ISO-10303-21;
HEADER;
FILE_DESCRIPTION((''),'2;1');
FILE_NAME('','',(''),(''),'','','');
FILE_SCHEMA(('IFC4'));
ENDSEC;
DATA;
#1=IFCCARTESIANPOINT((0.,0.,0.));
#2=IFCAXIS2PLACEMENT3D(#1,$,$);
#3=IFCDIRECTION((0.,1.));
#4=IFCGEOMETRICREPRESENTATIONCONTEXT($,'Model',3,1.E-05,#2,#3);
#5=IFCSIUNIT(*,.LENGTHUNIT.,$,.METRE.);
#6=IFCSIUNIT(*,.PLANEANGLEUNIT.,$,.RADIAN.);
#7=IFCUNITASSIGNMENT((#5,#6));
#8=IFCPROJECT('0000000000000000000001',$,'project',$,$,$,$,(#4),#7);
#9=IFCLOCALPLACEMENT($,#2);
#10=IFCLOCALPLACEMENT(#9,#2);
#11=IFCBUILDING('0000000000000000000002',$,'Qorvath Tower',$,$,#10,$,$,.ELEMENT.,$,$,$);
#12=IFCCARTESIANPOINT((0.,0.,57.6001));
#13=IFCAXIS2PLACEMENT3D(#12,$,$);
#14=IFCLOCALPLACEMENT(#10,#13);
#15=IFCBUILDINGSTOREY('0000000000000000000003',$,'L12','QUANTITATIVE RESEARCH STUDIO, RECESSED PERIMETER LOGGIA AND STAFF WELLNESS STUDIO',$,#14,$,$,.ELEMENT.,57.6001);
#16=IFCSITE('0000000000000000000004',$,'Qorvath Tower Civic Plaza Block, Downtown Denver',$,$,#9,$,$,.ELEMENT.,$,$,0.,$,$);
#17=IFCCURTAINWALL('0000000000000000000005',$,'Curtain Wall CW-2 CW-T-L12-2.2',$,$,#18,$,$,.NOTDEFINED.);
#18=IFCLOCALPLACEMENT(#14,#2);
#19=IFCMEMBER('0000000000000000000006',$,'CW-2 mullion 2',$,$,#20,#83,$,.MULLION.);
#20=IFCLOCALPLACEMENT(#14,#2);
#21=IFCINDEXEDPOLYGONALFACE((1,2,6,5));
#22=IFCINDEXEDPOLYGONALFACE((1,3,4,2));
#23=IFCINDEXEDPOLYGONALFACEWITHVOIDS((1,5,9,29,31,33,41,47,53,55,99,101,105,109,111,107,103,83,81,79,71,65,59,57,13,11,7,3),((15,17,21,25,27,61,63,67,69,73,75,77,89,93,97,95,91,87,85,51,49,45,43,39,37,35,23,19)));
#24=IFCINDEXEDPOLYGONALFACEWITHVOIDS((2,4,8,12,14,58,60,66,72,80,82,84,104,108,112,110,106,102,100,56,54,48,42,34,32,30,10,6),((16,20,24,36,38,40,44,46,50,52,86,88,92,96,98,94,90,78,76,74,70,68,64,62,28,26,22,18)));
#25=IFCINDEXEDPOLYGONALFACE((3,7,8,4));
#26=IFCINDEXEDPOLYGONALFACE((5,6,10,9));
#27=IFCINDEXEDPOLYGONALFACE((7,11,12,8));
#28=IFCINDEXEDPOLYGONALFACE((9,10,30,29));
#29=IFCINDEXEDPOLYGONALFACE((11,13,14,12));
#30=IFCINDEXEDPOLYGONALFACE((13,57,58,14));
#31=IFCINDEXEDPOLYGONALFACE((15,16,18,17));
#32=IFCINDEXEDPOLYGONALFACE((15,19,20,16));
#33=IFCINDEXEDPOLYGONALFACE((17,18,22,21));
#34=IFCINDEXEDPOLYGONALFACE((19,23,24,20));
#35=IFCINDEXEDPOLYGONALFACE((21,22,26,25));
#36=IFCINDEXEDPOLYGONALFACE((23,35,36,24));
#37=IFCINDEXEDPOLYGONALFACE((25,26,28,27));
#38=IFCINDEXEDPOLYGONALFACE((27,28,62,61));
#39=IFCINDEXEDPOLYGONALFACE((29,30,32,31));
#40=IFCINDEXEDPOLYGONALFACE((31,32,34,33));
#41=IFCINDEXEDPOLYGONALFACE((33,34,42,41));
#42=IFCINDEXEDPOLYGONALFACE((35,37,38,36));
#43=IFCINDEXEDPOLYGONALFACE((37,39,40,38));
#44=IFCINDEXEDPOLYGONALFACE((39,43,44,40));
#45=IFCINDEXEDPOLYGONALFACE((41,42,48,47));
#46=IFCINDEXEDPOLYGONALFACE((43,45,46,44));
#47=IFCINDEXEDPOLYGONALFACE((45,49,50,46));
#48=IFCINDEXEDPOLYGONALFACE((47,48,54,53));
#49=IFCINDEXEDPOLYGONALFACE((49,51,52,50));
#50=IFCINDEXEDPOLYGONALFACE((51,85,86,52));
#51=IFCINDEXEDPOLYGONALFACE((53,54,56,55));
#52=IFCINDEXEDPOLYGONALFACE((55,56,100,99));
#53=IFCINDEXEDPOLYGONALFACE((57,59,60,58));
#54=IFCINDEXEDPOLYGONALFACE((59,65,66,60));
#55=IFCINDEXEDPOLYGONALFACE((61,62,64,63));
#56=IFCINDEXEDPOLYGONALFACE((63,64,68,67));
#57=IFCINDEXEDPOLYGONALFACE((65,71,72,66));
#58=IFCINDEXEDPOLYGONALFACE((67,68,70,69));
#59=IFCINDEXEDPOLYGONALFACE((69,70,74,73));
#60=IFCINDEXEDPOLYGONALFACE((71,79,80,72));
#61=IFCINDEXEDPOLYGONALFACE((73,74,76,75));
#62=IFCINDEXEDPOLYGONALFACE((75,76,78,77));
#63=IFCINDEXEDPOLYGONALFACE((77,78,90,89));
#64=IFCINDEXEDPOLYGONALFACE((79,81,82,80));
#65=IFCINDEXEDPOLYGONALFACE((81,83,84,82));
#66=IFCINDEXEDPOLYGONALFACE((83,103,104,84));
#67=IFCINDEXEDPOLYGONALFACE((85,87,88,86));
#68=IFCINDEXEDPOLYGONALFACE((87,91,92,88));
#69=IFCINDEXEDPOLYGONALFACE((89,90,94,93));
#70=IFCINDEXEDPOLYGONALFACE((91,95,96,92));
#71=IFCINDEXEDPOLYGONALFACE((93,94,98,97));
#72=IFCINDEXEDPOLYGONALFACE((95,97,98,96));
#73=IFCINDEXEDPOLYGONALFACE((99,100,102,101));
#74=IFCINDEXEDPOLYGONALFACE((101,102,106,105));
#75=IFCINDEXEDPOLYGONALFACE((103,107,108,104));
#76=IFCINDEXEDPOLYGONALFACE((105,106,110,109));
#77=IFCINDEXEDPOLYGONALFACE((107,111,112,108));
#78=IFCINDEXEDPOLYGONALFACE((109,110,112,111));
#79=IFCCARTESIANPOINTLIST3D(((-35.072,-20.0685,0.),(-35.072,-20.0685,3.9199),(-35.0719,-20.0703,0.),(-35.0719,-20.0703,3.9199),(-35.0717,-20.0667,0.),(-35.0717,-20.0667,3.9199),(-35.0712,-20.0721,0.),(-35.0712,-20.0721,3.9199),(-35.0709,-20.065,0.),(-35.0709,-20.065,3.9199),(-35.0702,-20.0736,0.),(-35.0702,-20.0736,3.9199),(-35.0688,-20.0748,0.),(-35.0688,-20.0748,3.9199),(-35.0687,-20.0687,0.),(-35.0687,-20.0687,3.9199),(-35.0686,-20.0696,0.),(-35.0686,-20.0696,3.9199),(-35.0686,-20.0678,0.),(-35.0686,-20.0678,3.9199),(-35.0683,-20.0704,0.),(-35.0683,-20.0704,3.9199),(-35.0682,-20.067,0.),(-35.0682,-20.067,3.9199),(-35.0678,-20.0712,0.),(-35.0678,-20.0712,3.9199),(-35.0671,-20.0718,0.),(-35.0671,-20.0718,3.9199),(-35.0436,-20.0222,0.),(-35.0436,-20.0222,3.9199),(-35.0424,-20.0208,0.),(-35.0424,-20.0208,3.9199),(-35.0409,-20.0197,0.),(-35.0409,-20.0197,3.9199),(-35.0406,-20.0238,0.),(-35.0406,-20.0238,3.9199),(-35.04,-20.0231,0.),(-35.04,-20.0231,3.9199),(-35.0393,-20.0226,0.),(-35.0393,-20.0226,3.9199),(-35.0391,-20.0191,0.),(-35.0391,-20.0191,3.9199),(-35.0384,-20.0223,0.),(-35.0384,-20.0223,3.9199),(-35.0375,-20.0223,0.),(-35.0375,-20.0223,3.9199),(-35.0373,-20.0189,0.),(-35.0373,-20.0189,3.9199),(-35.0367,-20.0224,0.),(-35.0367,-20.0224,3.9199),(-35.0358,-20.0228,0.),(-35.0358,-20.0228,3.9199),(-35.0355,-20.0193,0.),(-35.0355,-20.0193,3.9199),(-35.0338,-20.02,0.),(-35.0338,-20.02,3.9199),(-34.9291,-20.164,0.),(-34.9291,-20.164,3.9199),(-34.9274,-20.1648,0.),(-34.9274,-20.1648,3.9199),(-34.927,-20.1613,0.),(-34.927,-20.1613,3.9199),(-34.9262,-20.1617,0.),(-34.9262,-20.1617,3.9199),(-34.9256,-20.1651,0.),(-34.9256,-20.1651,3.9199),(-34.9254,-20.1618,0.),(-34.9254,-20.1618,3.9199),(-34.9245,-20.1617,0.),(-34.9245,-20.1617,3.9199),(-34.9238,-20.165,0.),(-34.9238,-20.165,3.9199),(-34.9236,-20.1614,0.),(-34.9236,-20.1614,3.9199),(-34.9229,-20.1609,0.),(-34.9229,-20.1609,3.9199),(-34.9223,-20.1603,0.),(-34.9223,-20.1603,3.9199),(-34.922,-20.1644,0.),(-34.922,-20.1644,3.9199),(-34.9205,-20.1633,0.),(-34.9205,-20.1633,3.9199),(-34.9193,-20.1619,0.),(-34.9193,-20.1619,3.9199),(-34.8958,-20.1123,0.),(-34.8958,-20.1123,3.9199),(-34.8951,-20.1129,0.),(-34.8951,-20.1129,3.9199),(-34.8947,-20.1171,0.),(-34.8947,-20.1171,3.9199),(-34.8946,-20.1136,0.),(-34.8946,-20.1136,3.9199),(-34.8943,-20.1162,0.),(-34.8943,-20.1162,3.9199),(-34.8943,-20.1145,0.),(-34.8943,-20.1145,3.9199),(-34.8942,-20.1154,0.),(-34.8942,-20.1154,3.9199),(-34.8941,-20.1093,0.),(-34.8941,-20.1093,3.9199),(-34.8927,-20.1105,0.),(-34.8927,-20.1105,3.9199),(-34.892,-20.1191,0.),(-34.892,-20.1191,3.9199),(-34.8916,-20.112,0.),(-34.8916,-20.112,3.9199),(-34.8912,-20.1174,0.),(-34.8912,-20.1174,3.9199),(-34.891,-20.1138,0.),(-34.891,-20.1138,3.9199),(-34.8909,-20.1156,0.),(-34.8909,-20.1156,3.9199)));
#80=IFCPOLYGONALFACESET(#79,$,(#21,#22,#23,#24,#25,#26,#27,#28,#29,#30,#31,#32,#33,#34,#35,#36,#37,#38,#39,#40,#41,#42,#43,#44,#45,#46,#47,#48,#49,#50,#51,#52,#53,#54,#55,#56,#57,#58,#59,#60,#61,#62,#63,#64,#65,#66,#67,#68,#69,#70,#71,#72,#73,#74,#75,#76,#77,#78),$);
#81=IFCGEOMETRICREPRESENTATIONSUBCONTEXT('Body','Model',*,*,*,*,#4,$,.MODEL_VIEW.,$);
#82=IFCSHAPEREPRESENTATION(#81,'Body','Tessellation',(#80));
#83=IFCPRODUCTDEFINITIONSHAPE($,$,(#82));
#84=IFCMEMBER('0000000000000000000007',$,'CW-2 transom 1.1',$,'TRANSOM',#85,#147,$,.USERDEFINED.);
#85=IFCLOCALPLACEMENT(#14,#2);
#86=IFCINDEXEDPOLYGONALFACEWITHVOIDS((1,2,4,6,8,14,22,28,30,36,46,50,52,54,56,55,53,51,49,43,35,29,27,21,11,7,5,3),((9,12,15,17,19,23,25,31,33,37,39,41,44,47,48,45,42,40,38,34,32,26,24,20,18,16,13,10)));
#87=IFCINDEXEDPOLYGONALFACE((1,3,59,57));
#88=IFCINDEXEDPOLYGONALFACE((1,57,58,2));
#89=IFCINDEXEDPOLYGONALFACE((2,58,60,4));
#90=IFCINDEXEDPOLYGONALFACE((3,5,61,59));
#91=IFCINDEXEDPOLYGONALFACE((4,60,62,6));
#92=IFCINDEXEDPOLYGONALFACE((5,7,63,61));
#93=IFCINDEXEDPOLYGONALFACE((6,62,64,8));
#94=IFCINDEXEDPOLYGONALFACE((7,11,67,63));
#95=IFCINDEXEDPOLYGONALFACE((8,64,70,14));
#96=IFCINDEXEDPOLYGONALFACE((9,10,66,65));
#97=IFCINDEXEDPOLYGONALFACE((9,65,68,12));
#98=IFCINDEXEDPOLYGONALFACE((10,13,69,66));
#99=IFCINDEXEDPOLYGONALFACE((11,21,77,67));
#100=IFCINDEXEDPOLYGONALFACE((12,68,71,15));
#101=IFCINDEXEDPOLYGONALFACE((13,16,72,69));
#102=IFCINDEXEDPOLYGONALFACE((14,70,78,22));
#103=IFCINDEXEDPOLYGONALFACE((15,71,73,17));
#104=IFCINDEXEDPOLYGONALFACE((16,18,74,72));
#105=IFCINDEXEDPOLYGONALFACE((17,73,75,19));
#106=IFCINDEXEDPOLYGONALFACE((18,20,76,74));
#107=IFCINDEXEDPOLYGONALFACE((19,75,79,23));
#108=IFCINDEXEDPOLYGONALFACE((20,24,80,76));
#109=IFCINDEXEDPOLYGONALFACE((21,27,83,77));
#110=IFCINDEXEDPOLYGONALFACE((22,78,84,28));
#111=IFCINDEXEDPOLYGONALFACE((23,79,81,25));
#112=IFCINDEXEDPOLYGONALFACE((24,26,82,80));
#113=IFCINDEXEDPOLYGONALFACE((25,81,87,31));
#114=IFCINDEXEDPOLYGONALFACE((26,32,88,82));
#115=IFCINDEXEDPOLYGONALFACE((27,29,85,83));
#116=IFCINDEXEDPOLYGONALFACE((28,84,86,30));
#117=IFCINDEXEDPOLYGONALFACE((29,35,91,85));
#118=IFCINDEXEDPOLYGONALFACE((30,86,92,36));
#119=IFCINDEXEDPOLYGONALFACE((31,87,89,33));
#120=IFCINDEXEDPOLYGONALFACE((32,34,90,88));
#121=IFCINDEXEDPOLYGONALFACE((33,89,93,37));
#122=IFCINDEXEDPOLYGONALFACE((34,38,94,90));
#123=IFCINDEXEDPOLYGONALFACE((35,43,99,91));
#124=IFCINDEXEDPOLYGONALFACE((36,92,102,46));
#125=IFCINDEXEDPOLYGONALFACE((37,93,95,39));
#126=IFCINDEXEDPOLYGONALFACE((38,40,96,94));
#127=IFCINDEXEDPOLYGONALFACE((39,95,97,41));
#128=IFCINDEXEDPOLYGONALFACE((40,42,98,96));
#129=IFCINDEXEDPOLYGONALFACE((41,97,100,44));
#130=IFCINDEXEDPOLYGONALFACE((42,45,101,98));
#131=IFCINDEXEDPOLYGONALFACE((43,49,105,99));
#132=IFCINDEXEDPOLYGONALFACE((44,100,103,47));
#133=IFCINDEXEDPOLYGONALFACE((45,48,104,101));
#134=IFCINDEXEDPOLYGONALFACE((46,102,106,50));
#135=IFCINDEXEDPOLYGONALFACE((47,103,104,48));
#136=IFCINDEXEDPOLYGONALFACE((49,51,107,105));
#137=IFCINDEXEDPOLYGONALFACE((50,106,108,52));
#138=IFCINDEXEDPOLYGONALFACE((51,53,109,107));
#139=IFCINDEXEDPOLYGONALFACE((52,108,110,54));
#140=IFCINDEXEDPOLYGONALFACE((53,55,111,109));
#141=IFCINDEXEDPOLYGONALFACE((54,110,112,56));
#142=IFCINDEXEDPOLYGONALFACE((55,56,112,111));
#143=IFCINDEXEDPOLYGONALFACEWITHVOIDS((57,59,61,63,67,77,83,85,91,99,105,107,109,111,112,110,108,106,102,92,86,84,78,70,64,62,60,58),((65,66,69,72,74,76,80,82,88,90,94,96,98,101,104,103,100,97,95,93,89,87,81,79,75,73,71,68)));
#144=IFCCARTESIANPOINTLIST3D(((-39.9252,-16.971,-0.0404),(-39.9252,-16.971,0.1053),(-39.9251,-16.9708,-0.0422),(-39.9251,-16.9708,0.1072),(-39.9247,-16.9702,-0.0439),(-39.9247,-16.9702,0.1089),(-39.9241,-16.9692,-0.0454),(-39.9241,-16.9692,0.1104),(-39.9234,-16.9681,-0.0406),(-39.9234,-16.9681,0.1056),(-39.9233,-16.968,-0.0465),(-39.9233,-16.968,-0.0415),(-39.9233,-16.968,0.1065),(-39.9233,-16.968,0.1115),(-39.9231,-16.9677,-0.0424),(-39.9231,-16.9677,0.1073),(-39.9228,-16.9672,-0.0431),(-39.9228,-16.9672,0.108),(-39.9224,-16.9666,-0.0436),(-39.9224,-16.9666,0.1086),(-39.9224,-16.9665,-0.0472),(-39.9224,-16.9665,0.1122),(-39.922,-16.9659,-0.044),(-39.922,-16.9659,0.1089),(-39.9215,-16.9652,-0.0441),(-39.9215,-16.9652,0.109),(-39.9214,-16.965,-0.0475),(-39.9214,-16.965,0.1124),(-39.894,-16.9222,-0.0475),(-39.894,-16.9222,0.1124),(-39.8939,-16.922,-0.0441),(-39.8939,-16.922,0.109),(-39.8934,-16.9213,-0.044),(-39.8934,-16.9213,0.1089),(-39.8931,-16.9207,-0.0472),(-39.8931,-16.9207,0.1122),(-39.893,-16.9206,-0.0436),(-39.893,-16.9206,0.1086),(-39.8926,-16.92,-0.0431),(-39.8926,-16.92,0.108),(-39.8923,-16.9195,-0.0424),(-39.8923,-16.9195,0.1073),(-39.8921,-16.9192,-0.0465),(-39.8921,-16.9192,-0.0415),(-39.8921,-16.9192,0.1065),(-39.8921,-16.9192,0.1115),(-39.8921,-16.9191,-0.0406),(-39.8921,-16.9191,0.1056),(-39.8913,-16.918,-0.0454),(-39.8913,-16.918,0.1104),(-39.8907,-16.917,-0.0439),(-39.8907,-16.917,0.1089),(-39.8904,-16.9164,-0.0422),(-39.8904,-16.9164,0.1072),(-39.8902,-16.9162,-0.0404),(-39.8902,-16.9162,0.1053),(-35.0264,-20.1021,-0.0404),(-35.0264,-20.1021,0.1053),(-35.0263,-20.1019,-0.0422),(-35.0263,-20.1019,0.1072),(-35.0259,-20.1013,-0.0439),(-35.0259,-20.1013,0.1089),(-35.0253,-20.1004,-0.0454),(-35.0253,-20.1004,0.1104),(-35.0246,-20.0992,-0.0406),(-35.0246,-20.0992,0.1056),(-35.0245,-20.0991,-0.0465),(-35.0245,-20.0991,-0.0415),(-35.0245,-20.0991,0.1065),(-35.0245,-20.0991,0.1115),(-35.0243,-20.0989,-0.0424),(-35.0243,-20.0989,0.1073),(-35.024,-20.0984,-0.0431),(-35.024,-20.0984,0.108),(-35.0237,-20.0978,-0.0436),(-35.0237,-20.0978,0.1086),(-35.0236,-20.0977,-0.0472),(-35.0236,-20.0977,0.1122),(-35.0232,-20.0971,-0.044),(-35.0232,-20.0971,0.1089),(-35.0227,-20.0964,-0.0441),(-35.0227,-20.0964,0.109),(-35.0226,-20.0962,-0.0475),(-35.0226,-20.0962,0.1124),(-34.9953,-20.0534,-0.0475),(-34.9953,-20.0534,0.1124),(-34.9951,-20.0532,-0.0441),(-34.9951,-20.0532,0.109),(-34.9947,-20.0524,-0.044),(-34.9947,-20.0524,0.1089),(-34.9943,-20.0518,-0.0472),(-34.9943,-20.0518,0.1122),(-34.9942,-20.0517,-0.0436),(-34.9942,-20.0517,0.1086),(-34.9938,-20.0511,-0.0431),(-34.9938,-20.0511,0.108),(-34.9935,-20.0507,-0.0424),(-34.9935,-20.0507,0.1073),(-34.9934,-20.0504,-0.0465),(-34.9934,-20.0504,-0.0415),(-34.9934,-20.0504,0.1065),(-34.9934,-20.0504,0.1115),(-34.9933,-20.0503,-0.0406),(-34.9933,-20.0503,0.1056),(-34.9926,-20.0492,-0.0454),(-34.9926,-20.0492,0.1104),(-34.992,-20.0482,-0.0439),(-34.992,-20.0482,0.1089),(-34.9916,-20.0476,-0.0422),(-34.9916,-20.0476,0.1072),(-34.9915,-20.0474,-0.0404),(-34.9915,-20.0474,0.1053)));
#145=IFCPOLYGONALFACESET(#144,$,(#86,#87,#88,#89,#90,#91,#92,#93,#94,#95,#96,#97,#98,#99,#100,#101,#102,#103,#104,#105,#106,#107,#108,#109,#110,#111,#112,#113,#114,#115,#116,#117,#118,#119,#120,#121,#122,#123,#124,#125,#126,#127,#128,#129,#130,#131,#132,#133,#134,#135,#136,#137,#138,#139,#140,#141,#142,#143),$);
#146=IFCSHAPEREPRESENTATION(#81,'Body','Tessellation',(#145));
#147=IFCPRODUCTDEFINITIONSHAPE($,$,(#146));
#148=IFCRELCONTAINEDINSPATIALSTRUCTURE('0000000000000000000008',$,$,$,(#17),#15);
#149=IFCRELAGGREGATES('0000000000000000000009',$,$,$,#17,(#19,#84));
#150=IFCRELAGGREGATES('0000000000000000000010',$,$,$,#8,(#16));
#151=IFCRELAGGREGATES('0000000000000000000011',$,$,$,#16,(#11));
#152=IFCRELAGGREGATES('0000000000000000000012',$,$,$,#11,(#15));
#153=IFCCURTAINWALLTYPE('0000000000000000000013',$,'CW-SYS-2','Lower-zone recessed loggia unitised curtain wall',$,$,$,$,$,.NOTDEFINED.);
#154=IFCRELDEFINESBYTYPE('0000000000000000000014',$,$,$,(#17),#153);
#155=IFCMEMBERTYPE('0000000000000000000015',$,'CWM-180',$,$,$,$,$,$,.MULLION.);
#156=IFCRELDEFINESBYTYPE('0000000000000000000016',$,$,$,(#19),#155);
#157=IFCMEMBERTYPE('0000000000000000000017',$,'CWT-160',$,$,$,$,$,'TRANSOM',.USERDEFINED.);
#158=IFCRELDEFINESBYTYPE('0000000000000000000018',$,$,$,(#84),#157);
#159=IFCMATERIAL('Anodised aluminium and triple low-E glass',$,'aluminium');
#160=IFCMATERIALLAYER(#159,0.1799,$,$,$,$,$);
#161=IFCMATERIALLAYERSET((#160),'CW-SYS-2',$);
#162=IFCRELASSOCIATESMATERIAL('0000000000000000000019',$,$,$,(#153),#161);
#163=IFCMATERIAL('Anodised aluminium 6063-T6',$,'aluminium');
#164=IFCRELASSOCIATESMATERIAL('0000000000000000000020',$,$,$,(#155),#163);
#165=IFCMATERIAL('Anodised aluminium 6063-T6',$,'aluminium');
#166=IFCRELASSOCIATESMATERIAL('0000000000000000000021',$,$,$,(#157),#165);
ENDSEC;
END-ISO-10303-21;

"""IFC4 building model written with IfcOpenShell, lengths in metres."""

from ifc_helpers import new_model, si_unit, direction, frame, origin, origin_2d, place, context, subcontext, project, spatial, hollow_rectangle, extrude, material, layer, layer_set, material_profile, profile_set, type_object, element, aggregate, save


model = new_model("IFC4")

# Units and contexts
model_context = context("Model", 3, precision=1e-05, world=origin(), true_north=direction((0.0, 1.0)))
body_context = subcontext(model_context, "Body", "Model", "MODEL_VIEW")
ifc_project = project(units=[si_unit("LENGTHUNIT", "METRE"), si_unit("PLANEANGLEUNIT", "RADIAN")], contexts=[model_context])

# Site, building, storey
site_placement = place(None, origin())
site = spatial("IfcSite", under=ifc_project, at=site_placement, Name="Qorvath Tower Civic Plaza Block, Downtown Denver", CompositionType="ELEMENT", RefElevation=0.0)
building_placement = place(site_placement, origin())
building = spatial("IfcBuilding", under=site, at=building_placement, Name="Qorvath Tower", CompositionType="ELEMENT")
storey_placement = place(building_placement, frame((0.0, 0.0, 57.6001)))
storey = spatial("IfcBuildingStorey", under=building, at=storey_placement, Name="L12", Description="QUANTITATIVE RESEARCH STUDIO, RECESSED PERIMETER LOGGIA AND STAFF WELLNESS STUDIO", CompositionType="ELEMENT", Elevation=57.6001)

# Shared definitions
ifc_material_1 = material(Name="Anodised aluminium and triple low-E glass", Category="aluminium")
ifc_layer_1 = layer(ifc_material_1, 0.1799)
ifc_layer_set_1 = layer_set([ifc_layer_1], Name="CW-SYS-2")
curtain_wall_type = type_object("IfcCurtainWallType", Name="CW-SYS-2", Description="Lower-zone recessed loggia unitised curtain wall", PredefinedType="NOTDEFINED", material=ifc_layer_set_1)
ifc_material_2 = material(Name="Anodised aluminium 6063-T6", Category="aluminium")
ifc_material_profile_1 = material_profile(ifc_material_2, hollow_rectangle(XDim=0.0649, YDim=0.1799, WallThickness=0.0034, InnerFilletRadius=0.0034, OuterFilletRadius=0.0071, at=origin_2d()), Name="CWM 180x65")
ifc_profile_set_1 = profile_set([ifc_material_profile_1], Name="Anodised aluminium 6063-T6")
member_type_1 = type_object("IfcMemberType", Name="CWM-180", PredefinedType="MULLION", material=ifc_profile_set_1)

# Curtain wall, members
curtain_wall_1_placement = place(storey_placement, origin())
curtain_wall_1 = element("IfcCurtainWall", 1, at=curtain_wall_1_placement, inside=storey, type_object=curtain_wall_type, Name="Curtain Wall CW-2 CW-T-L12-2.2", PredefinedType="NOTDEFINED")
member_1_placement = place(storey_placement, frame((-34.9814, -20.092, 0.0), z_axis=(0.0, 0.0, 1.0), x_axis=(0.538536, 0.842602, 0.0)))
member_1 = element("IfcMember", 2, at=member_1_placement, type_object=member_type_1, Name="CW-2 mullion 2", PredefinedType="MULLION", context=body_context, shape_type="SweptSolid", body=[
    extrude(hollow_rectangle(XDim=0.0649, YDim=0.1799, WallThickness=0.0034, InnerFilletRadius=0.0034, OuterFilletRadius=0.0071, at=origin_2d()), origin(), (0.0, 0.0, 1.0), 3.9199),
])
ifc_material_3 = material(Name="Anodised aluminium 6063-T6", Category="aluminium")
ifc_material_profile_2 = material_profile(ifc_material_3, hollow_rectangle(XDim=0.0649, YDim=0.1599, WallThickness=0.0034, InnerFilletRadius=0.0034, OuterFilletRadius=0.0071, at=origin_2d()), Name="CWT 160x65")
ifc_profile_set_2 = profile_set([ifc_material_profile_2], Name="Anodised aluminium 6063-T6")
member_type_2 = type_object("IfcMemberType", Name="CWT-160", ElementType="TRANSOM", PredefinedType="USERDEFINED", material=ifc_profile_set_2)
member_2_placement = place(storey_placement, frame((-39.9077, -16.9436, 0.0325), z_axis=(0.842588, -0.538559, 0.0), x_axis=(0.538559, 0.842588, 0.0)))
member_2 = element("IfcMember", 3, at=member_2_placement, type_object=member_type_2, Name="CW-2 transom 1.1", ObjectType="TRANSOM", PredefinedType="USERDEFINED", context=body_context, shape_type="SweptSolid", body=[
    extrude(hollow_rectangle(XDim=0.0649, YDim=0.1599, WallThickness=0.0034, InnerFilletRadius=0.0034, OuterFilletRadius=0.0071, at=origin_2d()), origin(), (0.0, 0.0, 1.0), 5.814),
])
aggregate(curtain_wall_1, [member_1, member_2])

save(model, "model.ifc")
